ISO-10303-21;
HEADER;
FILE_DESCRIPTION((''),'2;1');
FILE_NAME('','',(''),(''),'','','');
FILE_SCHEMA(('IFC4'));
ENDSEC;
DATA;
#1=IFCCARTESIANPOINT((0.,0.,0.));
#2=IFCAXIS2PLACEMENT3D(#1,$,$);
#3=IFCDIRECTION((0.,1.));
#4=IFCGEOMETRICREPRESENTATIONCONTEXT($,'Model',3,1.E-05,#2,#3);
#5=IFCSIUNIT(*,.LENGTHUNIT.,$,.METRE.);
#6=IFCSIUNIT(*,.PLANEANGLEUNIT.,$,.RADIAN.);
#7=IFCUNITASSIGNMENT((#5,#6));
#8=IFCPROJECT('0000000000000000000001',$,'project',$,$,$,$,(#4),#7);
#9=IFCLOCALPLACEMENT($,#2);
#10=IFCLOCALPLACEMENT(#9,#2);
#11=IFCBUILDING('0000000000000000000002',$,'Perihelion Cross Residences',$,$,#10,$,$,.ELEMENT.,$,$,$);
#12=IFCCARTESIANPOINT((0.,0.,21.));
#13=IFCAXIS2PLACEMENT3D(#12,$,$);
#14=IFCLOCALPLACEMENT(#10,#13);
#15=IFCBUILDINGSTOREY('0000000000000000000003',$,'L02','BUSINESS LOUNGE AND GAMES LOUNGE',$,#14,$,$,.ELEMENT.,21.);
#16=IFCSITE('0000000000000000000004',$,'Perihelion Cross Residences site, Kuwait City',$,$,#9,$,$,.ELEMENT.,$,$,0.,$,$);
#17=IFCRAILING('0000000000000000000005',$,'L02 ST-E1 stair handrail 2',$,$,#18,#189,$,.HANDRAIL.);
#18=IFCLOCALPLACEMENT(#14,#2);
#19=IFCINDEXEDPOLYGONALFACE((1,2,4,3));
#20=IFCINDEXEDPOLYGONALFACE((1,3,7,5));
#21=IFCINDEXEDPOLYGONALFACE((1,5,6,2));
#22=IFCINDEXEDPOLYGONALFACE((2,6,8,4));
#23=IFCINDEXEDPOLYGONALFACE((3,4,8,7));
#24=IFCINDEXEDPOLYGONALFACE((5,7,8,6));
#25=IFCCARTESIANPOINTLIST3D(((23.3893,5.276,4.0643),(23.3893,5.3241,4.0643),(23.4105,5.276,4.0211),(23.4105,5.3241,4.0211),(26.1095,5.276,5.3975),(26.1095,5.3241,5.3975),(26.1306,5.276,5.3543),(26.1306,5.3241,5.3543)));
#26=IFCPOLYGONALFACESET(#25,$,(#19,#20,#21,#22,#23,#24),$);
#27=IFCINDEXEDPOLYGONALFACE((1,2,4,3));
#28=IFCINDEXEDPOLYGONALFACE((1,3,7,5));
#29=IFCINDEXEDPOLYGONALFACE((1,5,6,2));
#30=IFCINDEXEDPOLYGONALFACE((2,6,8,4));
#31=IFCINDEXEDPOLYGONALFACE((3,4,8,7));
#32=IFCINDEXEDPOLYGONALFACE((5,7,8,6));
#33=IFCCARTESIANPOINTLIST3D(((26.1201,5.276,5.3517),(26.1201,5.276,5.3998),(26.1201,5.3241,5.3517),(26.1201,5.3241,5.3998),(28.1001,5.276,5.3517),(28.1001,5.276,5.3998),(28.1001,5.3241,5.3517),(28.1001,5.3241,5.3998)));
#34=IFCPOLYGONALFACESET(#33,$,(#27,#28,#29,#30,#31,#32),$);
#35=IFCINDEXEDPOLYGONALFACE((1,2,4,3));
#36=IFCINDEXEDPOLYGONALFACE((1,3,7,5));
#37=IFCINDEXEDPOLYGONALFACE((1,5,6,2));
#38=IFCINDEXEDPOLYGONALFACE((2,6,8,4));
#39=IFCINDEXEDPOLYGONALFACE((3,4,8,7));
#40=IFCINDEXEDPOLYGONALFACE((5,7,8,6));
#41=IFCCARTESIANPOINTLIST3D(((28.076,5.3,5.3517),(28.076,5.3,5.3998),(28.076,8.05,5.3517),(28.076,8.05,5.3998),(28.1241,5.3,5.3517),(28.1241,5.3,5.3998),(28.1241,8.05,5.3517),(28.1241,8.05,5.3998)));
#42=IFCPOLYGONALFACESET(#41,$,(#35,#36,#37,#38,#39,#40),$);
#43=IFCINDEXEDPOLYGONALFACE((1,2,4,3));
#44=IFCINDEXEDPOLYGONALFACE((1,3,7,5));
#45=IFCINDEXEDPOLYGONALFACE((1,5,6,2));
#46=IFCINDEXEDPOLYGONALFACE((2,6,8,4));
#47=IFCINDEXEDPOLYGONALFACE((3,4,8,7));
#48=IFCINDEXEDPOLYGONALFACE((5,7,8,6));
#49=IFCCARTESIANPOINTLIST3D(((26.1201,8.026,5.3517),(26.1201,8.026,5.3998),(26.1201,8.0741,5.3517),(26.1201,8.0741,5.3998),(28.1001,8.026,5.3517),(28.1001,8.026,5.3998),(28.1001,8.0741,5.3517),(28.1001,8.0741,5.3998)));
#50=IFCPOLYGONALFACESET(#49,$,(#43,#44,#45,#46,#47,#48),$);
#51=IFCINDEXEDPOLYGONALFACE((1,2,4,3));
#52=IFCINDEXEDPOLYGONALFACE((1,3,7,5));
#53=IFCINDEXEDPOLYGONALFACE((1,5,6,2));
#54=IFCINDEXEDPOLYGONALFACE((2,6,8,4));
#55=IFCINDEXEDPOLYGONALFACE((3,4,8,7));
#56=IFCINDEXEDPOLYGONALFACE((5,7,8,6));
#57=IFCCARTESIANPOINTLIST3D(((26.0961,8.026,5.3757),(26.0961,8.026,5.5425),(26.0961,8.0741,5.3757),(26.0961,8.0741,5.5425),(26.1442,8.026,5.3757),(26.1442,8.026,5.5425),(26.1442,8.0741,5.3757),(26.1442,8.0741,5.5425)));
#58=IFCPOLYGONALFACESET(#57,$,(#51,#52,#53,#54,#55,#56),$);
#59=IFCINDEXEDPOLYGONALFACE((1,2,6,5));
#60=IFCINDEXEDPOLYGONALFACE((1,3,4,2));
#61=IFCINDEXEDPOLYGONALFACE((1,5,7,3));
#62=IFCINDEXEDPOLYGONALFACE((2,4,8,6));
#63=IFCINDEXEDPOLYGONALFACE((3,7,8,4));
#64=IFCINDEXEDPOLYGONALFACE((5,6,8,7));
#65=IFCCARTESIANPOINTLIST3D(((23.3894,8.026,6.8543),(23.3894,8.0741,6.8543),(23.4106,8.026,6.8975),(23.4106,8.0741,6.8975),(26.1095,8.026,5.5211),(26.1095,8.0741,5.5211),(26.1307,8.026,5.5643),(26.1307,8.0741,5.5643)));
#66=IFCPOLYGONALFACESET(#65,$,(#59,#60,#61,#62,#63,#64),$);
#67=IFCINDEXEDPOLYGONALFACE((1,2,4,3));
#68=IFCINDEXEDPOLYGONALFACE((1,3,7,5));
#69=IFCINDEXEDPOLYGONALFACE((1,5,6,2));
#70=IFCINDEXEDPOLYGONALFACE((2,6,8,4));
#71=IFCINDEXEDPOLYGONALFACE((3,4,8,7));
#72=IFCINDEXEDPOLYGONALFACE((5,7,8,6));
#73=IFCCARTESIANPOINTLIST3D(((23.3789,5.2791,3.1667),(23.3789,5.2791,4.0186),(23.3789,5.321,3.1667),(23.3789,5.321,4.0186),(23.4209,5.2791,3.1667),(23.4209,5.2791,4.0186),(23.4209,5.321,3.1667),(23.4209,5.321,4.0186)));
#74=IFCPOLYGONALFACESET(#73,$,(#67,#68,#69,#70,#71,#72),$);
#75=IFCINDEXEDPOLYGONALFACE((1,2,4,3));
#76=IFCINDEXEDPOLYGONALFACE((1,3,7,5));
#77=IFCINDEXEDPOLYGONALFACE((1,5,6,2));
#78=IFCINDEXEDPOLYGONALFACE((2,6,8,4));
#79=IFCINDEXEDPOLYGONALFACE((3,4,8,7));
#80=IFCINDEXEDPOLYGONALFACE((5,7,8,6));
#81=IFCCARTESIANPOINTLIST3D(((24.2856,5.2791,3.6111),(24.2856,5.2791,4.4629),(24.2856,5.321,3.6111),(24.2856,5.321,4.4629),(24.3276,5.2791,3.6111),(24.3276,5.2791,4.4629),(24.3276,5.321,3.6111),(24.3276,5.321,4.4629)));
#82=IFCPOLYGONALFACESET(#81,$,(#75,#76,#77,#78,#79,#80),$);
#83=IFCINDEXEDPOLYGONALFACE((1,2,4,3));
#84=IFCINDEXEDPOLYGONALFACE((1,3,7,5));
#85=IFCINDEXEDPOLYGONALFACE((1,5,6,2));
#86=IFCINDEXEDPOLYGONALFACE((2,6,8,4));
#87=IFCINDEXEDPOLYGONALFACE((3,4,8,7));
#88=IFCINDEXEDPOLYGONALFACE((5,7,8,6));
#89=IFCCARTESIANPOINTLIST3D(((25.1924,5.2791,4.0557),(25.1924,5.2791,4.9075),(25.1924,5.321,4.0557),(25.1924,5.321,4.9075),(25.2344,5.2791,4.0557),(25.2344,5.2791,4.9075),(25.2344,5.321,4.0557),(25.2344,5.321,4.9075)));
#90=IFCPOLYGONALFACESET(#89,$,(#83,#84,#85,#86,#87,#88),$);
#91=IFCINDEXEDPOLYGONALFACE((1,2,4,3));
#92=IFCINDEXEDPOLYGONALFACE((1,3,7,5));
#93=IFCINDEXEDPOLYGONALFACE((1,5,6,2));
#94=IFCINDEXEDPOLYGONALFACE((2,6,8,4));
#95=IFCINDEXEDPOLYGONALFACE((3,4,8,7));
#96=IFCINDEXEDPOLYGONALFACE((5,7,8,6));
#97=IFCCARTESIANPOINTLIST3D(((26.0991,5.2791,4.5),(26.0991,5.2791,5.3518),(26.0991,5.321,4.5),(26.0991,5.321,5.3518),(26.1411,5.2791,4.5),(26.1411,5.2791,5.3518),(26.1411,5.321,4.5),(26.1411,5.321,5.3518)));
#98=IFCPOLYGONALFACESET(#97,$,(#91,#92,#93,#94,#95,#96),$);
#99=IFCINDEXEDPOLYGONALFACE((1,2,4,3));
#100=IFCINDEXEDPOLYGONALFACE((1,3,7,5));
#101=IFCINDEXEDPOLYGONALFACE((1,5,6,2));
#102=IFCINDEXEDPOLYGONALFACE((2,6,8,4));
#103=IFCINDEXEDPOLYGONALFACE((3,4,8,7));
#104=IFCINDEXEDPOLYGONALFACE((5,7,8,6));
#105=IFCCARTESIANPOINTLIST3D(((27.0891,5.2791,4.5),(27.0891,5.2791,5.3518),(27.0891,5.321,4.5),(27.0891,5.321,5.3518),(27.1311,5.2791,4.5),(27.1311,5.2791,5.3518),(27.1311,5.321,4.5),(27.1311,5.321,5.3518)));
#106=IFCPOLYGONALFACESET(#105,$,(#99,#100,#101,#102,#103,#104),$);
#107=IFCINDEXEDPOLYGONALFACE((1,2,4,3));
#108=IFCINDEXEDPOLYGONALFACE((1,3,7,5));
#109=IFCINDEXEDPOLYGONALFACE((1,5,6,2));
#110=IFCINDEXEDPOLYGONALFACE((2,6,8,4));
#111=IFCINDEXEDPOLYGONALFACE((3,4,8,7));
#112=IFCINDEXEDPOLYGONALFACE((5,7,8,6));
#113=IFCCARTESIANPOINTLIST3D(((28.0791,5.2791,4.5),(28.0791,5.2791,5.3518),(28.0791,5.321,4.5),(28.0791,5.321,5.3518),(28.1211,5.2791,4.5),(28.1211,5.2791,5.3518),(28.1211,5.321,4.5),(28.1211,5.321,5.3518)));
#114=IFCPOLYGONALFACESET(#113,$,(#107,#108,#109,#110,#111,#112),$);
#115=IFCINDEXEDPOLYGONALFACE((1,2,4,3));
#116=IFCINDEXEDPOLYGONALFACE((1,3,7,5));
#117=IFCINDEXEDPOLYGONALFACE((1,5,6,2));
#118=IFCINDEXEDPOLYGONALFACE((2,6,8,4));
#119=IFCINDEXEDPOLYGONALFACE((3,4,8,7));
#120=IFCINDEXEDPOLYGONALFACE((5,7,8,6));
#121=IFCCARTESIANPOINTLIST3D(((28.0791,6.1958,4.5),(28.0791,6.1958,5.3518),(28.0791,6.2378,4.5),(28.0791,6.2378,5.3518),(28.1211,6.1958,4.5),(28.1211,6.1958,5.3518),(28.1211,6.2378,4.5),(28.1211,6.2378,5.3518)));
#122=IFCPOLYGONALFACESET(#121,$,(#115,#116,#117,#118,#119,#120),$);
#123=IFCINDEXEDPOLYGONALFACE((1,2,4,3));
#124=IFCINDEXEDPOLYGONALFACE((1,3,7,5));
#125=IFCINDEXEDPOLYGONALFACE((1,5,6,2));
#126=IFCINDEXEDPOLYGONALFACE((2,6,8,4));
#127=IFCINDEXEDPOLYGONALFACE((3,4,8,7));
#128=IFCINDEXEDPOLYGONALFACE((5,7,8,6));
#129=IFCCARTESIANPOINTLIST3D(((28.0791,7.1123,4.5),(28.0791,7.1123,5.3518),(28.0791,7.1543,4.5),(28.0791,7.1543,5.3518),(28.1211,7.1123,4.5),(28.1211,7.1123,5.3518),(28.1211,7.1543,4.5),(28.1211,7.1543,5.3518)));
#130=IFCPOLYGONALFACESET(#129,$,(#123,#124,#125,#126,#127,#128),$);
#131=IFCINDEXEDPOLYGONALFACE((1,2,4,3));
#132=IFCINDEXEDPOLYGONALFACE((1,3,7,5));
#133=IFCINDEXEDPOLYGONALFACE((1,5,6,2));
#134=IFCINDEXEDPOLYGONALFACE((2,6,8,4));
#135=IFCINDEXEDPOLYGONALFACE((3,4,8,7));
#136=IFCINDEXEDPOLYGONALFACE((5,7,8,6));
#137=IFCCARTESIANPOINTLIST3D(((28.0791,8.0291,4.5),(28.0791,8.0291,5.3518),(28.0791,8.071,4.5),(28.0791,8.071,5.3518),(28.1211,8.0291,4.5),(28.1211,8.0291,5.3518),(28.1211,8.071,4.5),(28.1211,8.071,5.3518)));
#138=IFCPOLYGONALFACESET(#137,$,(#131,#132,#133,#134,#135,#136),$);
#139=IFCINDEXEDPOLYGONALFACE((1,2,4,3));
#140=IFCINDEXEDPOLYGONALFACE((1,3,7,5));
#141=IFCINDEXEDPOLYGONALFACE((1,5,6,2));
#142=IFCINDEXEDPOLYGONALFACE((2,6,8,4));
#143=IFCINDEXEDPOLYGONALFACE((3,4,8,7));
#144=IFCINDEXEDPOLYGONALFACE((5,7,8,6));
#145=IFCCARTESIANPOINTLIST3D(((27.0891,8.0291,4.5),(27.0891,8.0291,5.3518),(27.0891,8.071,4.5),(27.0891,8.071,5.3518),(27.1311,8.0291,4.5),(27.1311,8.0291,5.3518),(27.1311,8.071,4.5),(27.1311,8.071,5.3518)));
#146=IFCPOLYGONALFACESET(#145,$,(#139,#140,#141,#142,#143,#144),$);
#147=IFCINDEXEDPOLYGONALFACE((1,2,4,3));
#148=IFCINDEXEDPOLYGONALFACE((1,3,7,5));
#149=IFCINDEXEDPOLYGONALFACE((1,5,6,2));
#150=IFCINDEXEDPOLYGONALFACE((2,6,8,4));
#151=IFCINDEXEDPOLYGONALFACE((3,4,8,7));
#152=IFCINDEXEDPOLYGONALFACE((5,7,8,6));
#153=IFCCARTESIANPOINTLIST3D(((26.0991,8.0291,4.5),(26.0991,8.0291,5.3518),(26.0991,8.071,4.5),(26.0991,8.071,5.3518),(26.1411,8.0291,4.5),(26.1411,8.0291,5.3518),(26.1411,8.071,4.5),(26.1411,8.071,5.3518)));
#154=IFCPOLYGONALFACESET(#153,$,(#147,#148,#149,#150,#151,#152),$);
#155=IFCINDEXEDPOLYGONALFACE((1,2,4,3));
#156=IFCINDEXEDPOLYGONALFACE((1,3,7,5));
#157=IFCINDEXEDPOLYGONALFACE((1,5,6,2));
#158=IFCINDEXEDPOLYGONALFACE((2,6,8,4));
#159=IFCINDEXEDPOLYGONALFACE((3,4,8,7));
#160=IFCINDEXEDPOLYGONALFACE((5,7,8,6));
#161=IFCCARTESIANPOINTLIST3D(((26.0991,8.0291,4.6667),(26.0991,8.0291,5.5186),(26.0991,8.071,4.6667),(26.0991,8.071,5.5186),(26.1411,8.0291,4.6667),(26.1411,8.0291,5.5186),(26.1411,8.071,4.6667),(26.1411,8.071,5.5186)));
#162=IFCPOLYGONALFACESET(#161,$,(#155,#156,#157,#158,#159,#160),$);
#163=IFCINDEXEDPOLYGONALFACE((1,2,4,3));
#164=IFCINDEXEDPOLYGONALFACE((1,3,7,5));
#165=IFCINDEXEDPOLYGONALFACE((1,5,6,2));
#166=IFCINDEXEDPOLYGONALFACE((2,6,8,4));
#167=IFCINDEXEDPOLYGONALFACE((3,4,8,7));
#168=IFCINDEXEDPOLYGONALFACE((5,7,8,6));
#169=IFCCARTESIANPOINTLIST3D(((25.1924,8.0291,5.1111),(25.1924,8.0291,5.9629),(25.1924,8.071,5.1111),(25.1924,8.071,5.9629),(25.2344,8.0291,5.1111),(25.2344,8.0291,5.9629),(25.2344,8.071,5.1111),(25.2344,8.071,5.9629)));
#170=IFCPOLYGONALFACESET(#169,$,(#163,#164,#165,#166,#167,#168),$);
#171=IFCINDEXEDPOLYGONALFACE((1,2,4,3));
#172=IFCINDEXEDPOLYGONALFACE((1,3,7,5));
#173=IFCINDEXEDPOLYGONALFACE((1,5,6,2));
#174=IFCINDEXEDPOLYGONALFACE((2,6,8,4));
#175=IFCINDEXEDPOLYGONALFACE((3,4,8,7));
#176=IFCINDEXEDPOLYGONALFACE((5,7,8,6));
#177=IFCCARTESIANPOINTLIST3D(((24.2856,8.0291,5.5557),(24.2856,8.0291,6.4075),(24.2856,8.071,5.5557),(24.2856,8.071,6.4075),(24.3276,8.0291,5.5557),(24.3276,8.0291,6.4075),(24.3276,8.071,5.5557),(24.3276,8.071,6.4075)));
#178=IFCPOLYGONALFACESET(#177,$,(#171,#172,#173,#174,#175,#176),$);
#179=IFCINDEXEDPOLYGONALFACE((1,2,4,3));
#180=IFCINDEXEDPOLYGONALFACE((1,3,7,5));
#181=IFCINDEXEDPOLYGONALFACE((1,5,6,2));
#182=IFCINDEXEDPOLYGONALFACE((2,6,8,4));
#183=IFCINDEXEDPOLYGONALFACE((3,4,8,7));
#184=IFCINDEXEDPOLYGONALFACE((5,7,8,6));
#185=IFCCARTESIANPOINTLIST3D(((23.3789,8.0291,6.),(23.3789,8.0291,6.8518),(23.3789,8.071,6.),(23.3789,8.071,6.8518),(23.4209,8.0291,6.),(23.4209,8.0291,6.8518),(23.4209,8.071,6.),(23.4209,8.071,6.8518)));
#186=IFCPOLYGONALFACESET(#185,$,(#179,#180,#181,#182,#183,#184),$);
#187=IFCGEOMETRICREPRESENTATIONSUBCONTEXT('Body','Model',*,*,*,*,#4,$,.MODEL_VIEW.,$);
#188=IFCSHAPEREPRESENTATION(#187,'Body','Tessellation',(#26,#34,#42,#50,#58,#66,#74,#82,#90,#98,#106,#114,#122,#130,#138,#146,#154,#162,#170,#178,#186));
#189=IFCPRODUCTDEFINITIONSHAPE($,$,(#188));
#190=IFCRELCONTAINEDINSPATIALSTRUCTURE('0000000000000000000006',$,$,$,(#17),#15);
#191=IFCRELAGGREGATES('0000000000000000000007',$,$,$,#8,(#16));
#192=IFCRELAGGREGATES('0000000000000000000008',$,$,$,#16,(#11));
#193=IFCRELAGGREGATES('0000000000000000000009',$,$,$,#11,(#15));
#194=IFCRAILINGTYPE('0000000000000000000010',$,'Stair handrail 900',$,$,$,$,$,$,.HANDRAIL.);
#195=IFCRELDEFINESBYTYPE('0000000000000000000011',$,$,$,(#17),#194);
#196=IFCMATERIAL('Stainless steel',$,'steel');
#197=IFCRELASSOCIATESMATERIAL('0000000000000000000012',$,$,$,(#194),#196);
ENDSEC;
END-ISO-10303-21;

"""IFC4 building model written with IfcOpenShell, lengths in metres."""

from ifc_helpers import new_model, si_unit, direction, frame, origin, origin_2d, place, context, subcontext, project, spatial, rectangle, extrude, material, type_object, element, save


model = new_model("IFC4")

# Units and contexts
model_context = context("Model", 3, precision=1e-05, world=origin(), true_north=direction((0.0, 1.0)))
body_context = subcontext(model_context, "Body", "Model", "MODEL_VIEW")
ifc_project = project(units=[si_unit("LENGTHUNIT", "METRE"), si_unit("PLANEANGLEUNIT", "RADIAN")], contexts=[model_context])

# Site, building, storey
site_placement = place(None, origin())
site = spatial("IfcSite", under=ifc_project, at=site_placement, Name="Perihelion Cross Residences site, Kuwait City", CompositionType="ELEMENT", RefElevation=0.0)
building_placement = place(site_placement, origin())
building = spatial("IfcBuilding", under=site, at=building_placement, Name="Perihelion Cross Residences", CompositionType="ELEMENT")
storey_placement = place(building_placement, frame((0.0, 0.0, 21.0)))
storey = spatial("IfcBuildingStorey", under=building, at=storey_placement, Name="L02", Description="BUSINESS LOUNGE AND GAMES LOUNGE", CompositionType="ELEMENT", Elevation=21.0)

# Railing
ifc_material_1 = material(Name="Stainless steel", Category="steel")
railing_type_1 = type_object("IfcRailingType", Name="Stair handrail 900", PredefinedType="HANDRAIL", material=ifc_material_1)
railing_1_placement = place(storey_placement, frame((23.3999, 5.3, 3.1667)))
element("IfcRailing", 1, at=railing_1_placement, inside=storey, type_object=railing_type_1, Name="L02 ST-E1 stair handrail 2", PredefinedType="HANDRAIL", context=body_context, shape_type="SweptSolid", body=[
    extrude(rectangle(XDim=0.0481, YDim=0.0481, at=origin_2d()), frame((0.0, 0.0, 0.876), z_axis=(0.897945, 0.0, 0.440108), x_axis=(0.0, 1.0, 0.0)), (0.0, 0.0, 1.0), 3.0293),
    extrude(rectangle(XDim=0.0481, YDim=0.0481, at=origin_2d()), frame((2.7202, 0.0, 2.209), z_axis=(1.0, 0.0, 0.0), x_axis=(0.0, 1.0, 0.0)), (0.0, 0.0, 1.0), 1.98),
    extrude(rectangle(XDim=0.0481, YDim=0.0481, at=origin_2d()), frame((4.7002, 0.0, 2.209), z_axis=(0.0, 1.0, 0.0), x_axis=(-1.0, 0.0, 0.0)), (0.0, 0.0, 1.0), 2.75),
    extrude(rectangle(XDim=0.0481, YDim=0.0481, at=origin_2d()), frame((4.7002, 2.75, 2.209), z_axis=(-1.0, 0.0, 0.0), x_axis=(0.0, -1.0, 0.0)), (0.0, 0.0, 1.0), 1.98),
    extrude(rectangle(XDim=0.0481, YDim=0.0481, at=origin_2d()), frame((2.7202, 2.75, 2.209), z_axis=(0.0, 0.0, 1.0), x_axis=(1.0, 0.0, 0.0)), (0.0, 0.0, 1.0), 0.1667),
    extrude(rectangle(XDim=0.0481, YDim=0.0481, at=origin_2d()), frame((2.7202, 2.75, 2.376), z_axis=(-0.897945, 0.0, 0.440108), x_axis=(0.0, -1.0, 0.0)), (0.0, 0.0, 1.0), 3.0293),
    extrude(rectangle(XDim=0.042, YDim=0.042, at=origin_2d()), origin(), (0.0, 0.0, 1.0), 0.8518),
    extrude(rectangle(XDim=0.042, YDim=0.042, at=origin_2d()), frame((0.9067, 0.0, 0.4443)), (0.0, 0.0, 1.0), 0.8518),
    extrude(rectangle(XDim=0.042, YDim=0.042, at=origin_2d()), frame((1.8135, 0.0, 0.8889)), (0.0, 0.0, 1.0), 0.8518),
    extrude(rectangle(XDim=0.042, YDim=0.042, at=origin_2d()), frame((2.7202, 0.0, 1.3333)), (0.0, 0.0, 1.0), 0.8518),
    extrude(rectangle(XDim=0.042, YDim=0.042, at=origin_2d()), frame((3.7102, 0.0, 1.3333)), (0.0, 0.0, 1.0), 0.8518),
    extrude(rectangle(XDim=0.042, YDim=0.042, at=origin_2d()), frame((4.7002, 0.0, 1.3333)), (0.0, 0.0, 1.0), 0.8518),
    extrude(rectangle(XDim=0.042, YDim=0.042, at=origin_2d()), frame((4.7002, 0.9167, 1.3333)), (0.0, 0.0, 1.0), 0.8518),
    extrude(rectangle(XDim=0.042, YDim=0.042, at=origin_2d()), frame((4.7002, 1.8333, 1.3333)), (0.0, 0.0, 1.0), 0.8518),
    extrude(rectangle(XDim=0.042, YDim=0.042, at=origin_2d()), frame((4.7002, 2.75, 1.3333)), (0.0, 0.0, 1.0), 0.8518),
    extrude(rectangle(XDim=0.042, YDim=0.042, at=origin_2d()), frame((3.7102, 2.75, 1.3333)), (0.0, 0.0, 1.0), 0.8518),
    extrude(rectangle(XDim=0.042, YDim=0.042, at=origin_2d()), frame((2.7202, 2.75, 1.3333)), (0.0, 0.0, 1.0), 0.8518),
    extrude(rectangle(XDim=0.042, YDim=0.042, at=origin_2d()), frame((2.7202, 2.75, 1.5)), (0.0, 0.0, 1.0), 0.8518),
    extrude(rectangle(XDim=0.042, YDim=0.042, at=origin_2d()), frame((1.8135, 2.75, 1.9443)), (0.0, 0.0, 1.0), 0.8518),
    extrude(rectangle(XDim=0.042, YDim=0.042, at=origin_2d()), frame((0.9067, 2.75, 2.3889)), (0.0, 0.0, 1.0), 0.8518),
    extrude(rectangle(XDim=0.042, YDim=0.042, at=origin_2d()), frame((0.0, 2.75, 2.8333)), (0.0, 0.0, 1.0), 0.8518),
])

save(model, "model.ifc")
